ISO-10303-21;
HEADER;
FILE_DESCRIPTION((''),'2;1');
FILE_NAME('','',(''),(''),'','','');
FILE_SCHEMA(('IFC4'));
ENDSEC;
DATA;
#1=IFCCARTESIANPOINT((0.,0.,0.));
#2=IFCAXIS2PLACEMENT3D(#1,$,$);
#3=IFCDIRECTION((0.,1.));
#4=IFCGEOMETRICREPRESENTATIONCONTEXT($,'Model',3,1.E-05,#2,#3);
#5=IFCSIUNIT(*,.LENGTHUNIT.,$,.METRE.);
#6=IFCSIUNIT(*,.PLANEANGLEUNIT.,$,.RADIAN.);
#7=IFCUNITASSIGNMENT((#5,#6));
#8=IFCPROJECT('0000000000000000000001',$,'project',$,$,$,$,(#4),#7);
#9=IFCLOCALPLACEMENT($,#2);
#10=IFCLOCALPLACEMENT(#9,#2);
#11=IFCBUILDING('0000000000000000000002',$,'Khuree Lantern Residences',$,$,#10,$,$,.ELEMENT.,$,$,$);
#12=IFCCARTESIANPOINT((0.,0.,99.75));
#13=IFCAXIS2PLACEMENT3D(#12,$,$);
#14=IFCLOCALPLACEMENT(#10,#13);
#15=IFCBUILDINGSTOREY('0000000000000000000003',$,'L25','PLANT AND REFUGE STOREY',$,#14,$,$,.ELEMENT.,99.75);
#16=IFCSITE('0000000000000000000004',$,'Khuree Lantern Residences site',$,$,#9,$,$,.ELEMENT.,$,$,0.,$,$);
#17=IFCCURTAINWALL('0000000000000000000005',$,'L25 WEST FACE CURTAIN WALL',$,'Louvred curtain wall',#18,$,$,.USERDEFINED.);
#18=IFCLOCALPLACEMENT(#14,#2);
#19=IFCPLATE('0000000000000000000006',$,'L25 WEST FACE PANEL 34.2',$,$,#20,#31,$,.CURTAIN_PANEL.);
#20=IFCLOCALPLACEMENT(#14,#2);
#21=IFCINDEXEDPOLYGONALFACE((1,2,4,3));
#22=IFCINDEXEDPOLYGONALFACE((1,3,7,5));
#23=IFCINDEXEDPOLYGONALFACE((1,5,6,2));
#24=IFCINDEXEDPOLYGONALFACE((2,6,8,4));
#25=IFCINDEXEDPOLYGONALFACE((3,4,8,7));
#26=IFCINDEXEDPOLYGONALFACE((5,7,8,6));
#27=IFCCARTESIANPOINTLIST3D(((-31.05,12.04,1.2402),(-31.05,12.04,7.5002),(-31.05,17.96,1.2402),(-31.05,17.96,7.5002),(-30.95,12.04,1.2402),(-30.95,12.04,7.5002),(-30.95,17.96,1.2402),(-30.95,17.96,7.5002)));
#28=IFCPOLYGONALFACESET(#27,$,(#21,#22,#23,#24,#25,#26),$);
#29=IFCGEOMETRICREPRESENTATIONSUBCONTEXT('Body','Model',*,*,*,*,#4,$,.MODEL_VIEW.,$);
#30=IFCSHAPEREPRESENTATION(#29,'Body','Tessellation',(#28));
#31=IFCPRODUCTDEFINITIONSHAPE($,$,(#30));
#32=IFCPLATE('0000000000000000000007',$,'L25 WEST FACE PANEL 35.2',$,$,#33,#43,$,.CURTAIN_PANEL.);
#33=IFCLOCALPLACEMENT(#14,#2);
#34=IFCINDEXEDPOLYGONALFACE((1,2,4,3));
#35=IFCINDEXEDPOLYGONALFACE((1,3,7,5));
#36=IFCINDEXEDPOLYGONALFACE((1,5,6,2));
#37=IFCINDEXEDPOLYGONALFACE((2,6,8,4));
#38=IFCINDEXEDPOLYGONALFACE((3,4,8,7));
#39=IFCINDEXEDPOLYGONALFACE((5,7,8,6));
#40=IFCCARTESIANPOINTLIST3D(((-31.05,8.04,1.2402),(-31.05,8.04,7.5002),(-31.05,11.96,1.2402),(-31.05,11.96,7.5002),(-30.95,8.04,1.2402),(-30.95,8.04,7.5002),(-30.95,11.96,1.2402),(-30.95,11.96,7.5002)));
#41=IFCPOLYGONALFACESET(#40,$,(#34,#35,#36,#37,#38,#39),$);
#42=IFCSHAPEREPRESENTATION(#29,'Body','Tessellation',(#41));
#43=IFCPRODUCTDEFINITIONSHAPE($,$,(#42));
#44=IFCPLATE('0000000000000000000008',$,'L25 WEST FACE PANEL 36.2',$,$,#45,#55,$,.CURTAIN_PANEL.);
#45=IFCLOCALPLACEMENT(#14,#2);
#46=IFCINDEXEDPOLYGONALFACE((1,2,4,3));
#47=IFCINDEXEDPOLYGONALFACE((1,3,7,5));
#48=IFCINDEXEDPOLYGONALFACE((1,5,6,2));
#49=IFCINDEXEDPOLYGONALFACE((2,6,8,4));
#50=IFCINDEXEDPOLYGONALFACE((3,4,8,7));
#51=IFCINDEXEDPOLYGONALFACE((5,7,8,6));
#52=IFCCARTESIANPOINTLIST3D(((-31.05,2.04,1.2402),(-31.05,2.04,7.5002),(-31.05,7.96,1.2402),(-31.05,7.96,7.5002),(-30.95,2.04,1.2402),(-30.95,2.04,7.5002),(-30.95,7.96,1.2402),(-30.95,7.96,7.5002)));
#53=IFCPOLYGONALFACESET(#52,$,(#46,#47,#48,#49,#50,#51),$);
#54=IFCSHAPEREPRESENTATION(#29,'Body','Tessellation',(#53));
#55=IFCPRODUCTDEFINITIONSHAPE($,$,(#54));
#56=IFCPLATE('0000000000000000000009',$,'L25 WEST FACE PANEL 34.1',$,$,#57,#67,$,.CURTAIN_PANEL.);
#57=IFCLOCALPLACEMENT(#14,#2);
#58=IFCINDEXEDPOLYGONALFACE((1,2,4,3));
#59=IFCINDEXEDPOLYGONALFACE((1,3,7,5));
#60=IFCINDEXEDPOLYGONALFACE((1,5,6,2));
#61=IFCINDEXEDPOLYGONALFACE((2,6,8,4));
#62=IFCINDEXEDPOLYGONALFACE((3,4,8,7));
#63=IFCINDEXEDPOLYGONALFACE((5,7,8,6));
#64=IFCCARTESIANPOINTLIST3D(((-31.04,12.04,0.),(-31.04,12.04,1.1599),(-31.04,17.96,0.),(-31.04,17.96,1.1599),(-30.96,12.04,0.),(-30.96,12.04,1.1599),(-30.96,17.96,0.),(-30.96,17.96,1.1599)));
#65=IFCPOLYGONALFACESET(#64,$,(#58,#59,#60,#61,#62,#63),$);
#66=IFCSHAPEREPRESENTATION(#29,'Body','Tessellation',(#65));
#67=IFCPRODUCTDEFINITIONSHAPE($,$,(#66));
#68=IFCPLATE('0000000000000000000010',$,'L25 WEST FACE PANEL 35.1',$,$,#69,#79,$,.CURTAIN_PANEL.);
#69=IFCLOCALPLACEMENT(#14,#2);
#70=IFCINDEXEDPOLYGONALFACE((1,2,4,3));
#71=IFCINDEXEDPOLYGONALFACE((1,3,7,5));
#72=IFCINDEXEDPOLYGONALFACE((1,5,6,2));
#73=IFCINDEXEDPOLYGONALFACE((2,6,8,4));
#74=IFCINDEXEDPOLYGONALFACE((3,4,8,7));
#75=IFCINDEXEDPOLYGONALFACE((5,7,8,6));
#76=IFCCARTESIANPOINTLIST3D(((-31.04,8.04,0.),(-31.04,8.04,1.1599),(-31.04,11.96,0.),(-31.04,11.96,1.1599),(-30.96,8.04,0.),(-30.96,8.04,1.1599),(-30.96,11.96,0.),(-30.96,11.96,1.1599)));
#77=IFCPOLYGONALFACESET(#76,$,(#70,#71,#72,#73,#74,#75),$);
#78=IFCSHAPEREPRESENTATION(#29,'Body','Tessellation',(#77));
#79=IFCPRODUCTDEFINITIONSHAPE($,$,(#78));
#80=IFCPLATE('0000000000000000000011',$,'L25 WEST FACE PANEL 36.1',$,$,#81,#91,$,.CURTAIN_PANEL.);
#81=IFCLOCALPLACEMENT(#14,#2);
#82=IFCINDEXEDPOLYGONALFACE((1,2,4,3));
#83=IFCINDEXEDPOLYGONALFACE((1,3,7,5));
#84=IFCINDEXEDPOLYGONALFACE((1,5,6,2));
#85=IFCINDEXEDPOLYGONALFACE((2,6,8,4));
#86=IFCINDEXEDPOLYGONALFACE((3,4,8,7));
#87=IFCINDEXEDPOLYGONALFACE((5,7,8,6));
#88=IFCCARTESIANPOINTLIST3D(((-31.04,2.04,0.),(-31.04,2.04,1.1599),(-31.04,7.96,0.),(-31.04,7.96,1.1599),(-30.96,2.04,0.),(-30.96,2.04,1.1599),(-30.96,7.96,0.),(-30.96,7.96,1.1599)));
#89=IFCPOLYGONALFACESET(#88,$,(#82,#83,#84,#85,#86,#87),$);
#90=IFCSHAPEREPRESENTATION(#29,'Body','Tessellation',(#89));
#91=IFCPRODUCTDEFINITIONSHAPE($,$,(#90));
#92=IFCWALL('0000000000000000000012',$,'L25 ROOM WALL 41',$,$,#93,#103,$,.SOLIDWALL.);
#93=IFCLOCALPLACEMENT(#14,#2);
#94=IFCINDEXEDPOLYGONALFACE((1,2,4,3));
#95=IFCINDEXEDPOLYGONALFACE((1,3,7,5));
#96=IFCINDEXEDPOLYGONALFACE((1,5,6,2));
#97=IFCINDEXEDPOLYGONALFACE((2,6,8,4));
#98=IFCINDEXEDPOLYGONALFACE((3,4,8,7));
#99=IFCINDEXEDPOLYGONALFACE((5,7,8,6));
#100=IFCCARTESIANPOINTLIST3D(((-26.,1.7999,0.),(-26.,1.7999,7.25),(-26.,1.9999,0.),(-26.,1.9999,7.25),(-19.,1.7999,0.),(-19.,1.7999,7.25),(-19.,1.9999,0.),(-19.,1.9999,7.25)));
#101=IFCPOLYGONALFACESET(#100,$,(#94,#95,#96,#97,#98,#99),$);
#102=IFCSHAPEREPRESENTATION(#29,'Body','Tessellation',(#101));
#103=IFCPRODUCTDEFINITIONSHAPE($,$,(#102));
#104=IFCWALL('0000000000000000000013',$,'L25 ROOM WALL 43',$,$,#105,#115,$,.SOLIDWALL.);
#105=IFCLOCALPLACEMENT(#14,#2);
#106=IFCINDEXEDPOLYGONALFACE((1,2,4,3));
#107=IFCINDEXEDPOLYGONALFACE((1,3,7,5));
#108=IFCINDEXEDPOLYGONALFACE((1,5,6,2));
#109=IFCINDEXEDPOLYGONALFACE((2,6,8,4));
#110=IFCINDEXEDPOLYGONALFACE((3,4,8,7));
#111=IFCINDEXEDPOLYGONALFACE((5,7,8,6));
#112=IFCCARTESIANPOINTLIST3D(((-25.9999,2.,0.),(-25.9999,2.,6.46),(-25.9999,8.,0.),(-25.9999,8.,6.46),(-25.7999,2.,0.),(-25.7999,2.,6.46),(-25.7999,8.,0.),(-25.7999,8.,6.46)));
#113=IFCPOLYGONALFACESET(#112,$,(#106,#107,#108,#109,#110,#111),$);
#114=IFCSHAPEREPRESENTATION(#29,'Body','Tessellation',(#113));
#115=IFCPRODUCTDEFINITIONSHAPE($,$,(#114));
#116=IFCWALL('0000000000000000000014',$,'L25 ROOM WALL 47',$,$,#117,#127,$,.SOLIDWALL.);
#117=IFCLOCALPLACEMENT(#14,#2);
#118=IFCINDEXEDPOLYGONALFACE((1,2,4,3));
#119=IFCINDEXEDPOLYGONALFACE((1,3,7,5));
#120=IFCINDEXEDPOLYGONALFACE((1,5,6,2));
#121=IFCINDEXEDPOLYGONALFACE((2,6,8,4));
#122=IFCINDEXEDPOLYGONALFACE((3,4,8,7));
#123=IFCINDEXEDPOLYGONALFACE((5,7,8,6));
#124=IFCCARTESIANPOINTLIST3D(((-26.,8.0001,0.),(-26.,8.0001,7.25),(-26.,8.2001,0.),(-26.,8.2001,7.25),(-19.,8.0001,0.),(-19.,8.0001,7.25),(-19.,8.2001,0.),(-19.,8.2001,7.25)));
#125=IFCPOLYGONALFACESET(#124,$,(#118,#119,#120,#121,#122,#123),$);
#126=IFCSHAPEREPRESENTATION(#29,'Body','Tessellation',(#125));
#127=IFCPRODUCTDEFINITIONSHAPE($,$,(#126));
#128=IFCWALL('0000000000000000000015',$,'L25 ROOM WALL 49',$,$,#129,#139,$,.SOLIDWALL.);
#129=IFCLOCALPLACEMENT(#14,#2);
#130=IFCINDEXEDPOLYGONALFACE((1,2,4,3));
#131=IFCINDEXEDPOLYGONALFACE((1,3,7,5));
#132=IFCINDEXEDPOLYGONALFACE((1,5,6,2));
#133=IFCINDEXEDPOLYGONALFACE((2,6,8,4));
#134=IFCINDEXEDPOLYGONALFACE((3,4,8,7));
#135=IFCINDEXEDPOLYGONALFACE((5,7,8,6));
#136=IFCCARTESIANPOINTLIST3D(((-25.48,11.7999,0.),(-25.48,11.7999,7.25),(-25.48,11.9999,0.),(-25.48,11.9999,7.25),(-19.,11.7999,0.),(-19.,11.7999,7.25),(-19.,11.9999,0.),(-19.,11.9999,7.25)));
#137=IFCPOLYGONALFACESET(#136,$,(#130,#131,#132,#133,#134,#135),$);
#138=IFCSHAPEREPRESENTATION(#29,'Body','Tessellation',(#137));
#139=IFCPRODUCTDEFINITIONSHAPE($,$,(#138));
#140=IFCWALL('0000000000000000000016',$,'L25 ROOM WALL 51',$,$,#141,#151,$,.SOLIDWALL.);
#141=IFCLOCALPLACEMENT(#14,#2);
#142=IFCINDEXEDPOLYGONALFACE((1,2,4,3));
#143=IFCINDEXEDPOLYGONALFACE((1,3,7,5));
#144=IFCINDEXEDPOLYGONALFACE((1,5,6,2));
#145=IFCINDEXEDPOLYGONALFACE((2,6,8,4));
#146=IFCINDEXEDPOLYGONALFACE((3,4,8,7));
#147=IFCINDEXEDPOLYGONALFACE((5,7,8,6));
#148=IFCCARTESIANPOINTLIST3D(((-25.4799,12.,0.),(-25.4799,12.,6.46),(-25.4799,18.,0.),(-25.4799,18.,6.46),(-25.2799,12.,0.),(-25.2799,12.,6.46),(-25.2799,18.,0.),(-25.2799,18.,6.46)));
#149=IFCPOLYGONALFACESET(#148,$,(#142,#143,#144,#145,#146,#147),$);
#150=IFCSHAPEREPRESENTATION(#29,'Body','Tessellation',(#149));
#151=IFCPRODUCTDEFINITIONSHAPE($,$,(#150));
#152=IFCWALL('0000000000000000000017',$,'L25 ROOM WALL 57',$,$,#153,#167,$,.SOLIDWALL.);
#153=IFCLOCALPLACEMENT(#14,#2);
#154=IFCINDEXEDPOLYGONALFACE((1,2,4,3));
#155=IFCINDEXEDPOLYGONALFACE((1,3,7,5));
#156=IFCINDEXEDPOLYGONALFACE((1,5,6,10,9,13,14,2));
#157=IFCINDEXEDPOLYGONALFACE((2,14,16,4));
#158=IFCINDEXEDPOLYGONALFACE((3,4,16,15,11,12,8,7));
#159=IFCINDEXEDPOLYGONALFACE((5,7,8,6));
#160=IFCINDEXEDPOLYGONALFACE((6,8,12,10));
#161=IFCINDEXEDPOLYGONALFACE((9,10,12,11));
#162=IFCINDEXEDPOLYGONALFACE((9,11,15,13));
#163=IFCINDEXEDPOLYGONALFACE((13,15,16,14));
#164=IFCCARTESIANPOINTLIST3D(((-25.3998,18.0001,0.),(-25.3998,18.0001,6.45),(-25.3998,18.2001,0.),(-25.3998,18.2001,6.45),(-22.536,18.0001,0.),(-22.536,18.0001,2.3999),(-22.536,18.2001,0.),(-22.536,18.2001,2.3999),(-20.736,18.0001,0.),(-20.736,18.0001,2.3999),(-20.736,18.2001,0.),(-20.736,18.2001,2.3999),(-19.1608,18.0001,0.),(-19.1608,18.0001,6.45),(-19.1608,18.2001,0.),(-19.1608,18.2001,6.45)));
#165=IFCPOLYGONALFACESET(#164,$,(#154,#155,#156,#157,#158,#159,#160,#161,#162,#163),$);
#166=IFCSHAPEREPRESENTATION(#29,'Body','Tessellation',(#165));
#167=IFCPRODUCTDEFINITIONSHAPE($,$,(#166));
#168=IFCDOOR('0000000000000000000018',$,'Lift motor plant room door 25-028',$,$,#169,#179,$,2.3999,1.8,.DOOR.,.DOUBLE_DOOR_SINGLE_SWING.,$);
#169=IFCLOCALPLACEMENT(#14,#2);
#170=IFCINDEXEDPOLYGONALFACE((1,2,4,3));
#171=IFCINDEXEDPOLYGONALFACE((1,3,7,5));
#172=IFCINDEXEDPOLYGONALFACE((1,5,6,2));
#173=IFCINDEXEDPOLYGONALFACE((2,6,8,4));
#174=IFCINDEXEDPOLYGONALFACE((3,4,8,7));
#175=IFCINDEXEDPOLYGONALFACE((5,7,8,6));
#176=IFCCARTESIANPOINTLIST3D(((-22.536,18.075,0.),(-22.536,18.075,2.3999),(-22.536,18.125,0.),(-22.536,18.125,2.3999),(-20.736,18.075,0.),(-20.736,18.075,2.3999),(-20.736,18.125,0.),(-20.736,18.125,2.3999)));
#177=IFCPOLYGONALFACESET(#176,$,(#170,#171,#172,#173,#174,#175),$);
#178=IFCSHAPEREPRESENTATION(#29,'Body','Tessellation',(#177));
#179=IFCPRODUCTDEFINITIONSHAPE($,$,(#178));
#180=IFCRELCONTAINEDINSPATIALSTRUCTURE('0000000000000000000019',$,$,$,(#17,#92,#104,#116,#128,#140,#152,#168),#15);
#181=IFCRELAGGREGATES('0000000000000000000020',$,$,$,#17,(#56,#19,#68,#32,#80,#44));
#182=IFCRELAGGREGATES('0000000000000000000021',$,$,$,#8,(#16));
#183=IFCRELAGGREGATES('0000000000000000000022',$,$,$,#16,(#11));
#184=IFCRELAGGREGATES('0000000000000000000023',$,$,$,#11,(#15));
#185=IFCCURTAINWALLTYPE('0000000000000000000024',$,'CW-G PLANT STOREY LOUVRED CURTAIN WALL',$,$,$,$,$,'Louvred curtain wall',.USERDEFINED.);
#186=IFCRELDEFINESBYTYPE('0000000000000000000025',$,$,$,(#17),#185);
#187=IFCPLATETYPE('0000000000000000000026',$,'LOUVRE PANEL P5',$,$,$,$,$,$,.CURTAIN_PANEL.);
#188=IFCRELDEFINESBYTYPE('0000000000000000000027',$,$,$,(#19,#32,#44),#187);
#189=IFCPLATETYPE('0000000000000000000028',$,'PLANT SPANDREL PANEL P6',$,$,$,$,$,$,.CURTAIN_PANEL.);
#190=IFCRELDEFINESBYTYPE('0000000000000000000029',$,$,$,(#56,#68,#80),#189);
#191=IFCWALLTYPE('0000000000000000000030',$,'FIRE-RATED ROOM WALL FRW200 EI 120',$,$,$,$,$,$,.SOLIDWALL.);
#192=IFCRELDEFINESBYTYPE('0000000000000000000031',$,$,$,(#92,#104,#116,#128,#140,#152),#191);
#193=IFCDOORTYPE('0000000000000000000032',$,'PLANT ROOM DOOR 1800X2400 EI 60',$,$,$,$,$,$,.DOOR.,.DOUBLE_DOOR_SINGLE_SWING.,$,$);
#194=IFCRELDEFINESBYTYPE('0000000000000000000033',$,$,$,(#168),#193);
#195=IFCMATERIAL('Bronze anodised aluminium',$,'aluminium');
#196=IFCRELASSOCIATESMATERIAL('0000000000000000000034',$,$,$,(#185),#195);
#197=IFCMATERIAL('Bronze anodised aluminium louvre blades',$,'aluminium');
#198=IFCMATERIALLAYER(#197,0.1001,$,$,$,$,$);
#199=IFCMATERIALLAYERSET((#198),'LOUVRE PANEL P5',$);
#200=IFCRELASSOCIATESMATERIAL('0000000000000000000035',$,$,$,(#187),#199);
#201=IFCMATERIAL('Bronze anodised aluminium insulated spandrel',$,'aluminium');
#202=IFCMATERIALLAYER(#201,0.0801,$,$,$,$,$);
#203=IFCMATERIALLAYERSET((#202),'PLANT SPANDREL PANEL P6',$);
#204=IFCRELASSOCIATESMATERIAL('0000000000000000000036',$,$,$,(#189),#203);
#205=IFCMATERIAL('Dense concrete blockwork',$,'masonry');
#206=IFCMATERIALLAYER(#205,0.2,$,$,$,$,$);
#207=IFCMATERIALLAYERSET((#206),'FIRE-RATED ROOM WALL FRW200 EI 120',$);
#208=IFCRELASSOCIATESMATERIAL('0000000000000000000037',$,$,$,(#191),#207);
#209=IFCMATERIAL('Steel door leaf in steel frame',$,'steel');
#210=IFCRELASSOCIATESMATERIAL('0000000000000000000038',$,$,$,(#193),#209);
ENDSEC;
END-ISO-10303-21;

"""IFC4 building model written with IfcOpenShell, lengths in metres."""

from ifc_helpers import new_model, si_unit, direction, frame, frame_2d, origin, origin_2d, place, context, subcontext, project, spatial, rectangle, extrude, material, layer, layer_set, type_object, element, fill, aggregate, save


model = new_model("IFC4")

# Units and contexts
model_context = context("Model", 3, precision=1e-05, world=origin(), true_north=direction((0.0, 1.0)))
body_context = subcontext(model_context, "Body", "Model", "MODEL_VIEW")
ifc_project = project(units=[si_unit("LENGTHUNIT", "METRE"), si_unit("PLANEANGLEUNIT", "RADIAN")], contexts=[model_context])

# Site, building, storey
site_placement = place(None, origin())
site = spatial("IfcSite", under=ifc_project, at=site_placement, Name="Khuree Lantern Residences site", CompositionType="ELEMENT", RefElevation=0.0)
building_placement = place(site_placement, origin())
building = spatial("IfcBuilding", under=site, at=building_placement, Name="Khuree Lantern Residences", CompositionType="ELEMENT")
storey_placement = place(building_placement, frame((0.0, 0.0, 99.75)))
storey = spatial("IfcBuildingStorey", under=building, at=storey_placement, Name="L25", Description="PLANT AND REFUGE STOREY", CompositionType="ELEMENT", Elevation=99.75)

# Curtain wall
ifc_material_1 = material(Name="Bronze anodised aluminium", Category="aluminium")
curtain_wall_type = type_object("IfcCurtainWallType", Name="CW-G PLANT STOREY LOUVRED CURTAIN WALL", ElementType="Louvred curtain wall", PredefinedType="USERDEFINED", material=ifc_material_1)
curtain_wall_placement = place(storey_placement, origin())
curtain_wall = element("IfcCurtainWall", 1, at=curtain_wall_placement, inside=storey, type_object=curtain_wall_type, Name="L25 WEST FACE CURTAIN WALL", ObjectType="Louvred curtain wall", PredefinedType="USERDEFINED")

# Plates
ifc_material_2 = material(Name="Bronze anodised aluminium louvre blades", Category="aluminium")
ifc_layer_1 = layer(ifc_material_2, 0.1001)
ifc_layer_set_1 = layer_set([ifc_layer_1], Name="LOUVRE PANEL P5")
plate_type_1 = type_object("IfcPlateType", Name="LOUVRE PANEL P5", PredefinedType="CURTAIN_PANEL", material=ifc_layer_set_1)
plate_1_placement = place(storey_placement, frame((-31.0, 15.0, 1.2402), z_axis=(0.0, 0.0, 1.0), x_axis=(0.0, -1.0, 0.0)))
plate_1 = element("IfcPlate", 2, at=plate_1_placement, type_object=plate_type_1, Name="L25 WEST FACE PANEL 34.2", PredefinedType="CURTAIN_PANEL", context=body_context, shape_type="SweptSolid", body=[
    extrude(rectangle(XDim=5.9199, YDim=0.1001, at=origin_2d()), origin(), (0.0, 0.0, 1.0), 6.26),
])
plate_2_placement = place(storey_placement, frame((-31.0, 10.0, 1.2402), z_axis=(0.0, 0.0, 1.0), x_axis=(0.0, -1.0, 0.0)))
plate_2 = element("IfcPlate", 3, at=plate_2_placement, type_object=plate_type_1, Name="L25 WEST FACE PANEL 35.2", PredefinedType="CURTAIN_PANEL", context=body_context, shape_type="SweptSolid", body=[
    extrude(rectangle(XDim=3.9199, YDim=0.1001, at=origin_2d()), origin(), (0.0, 0.0, 1.0), 6.26),
])
plate_3_placement = place(storey_placement, frame((-31.0, 5.0, 1.2402), z_axis=(0.0, 0.0, 1.0), x_axis=(0.0, -1.0, 0.0)))
plate_3 = element("IfcPlate", 4, at=plate_3_placement, type_object=plate_type_1, Name="L25 WEST FACE PANEL 36.2", PredefinedType="CURTAIN_PANEL", context=body_context, shape_type="SweptSolid", body=[
    extrude(rectangle(XDim=5.9199, YDim=0.1001, at=origin_2d()), origin(), (0.0, 0.0, 1.0), 6.26),
])
ifc_material_3 = material(Name="Bronze anodised aluminium insulated spandrel", Category="aluminium")
ifc_layer_2 = layer(ifc_material_3, 0.0801)
ifc_layer_set_2 = layer_set([ifc_layer_2], Name="PLANT SPANDREL PANEL P6")
plate_type_2 = type_object("IfcPlateType", Name="PLANT SPANDREL PANEL P6", PredefinedType="CURTAIN_PANEL", material=ifc_layer_set_2)
plate_4_placement = place(storey_placement, frame((-31.0, 15.0, 0.0), z_axis=(0.0, 0.0, 1.0), x_axis=(0.0, -1.0, 0.0)))
plate_4 = element("IfcPlate", 5, at=plate_4_placement, type_object=plate_type_2, Name="L25 WEST FACE PANEL 34.1", PredefinedType="CURTAIN_PANEL", context=body_context, shape_type="SweptSolid", body=[
    extrude(rectangle(XDim=5.9199, YDim=0.0801, at=origin_2d()), origin(), (0.0, 0.0, 1.0), 1.1599),
])
plate_5_placement = place(storey_placement, frame((-31.0, 10.0, 0.0), z_axis=(0.0, 0.0, 1.0), x_axis=(0.0, -1.0, 0.0)))
plate_5 = element("IfcPlate", 6, at=plate_5_placement, type_object=plate_type_2, Name="L25 WEST FACE PANEL 35.1", PredefinedType="CURTAIN_PANEL", context=body_context, shape_type="SweptSolid", body=[
    extrude(rectangle(XDim=3.9199, YDim=0.0801, at=origin_2d()), origin(), (0.0, 0.0, 1.0), 1.1599),
])
plate_6_placement = place(storey_placement, frame((-31.0, 5.0, 0.0), z_axis=(0.0, 0.0, 1.0), x_axis=(0.0, -1.0, 0.0)))
plate_6 = element("IfcPlate", 7, at=plate_6_placement, type_object=plate_type_2, Name="L25 WEST FACE PANEL 36.1", PredefinedType="CURTAIN_PANEL", context=body_context, shape_type="SweptSolid", body=[
    extrude(rectangle(XDim=5.9199, YDim=0.0801, at=origin_2d()), origin(), (0.0, 0.0, 1.0), 1.1599),
])
aggregate(curtain_wall, [plate_4, plate_1, plate_5, plate_2, plate_6, plate_3])

# Walls
ifc_material_4 = material(Name="Dense concrete blockwork", Category="masonry")
ifc_layer_3 = layer(ifc_material_4, 0.2)
ifc_layer_set_3 = layer_set([ifc_layer_3], Name="FIRE-RATED ROOM WALL FRW200 EI 120")
wall_type = type_object("IfcWallType", Name="FIRE-RATED ROOM WALL FRW200 EI 120", PredefinedType="SOLIDWALL", material=ifc_layer_set_3)
wall_1_placement = place(storey_placement, frame((-26.0, 1.8999, 0.0), z_axis=(0.0, 0.0, 1.0), x_axis=(1.0, 0.0, 0.0)))
element("IfcWall", 8, at=wall_1_placement, inside=storey, type_object=wall_type, Name="L25 ROOM WALL 41", PredefinedType="SOLIDWALL", context=body_context, shape_type="SweptSolid", body=[
    extrude(rectangle(XDim=7.0, YDim=0.2, at=frame_2d((3.5, 0.0))), origin(), (0.0, 0.0, 1.0), 7.25),
])
wall_2_placement = place(storey_placement, frame((-25.8999, 2.0, 0.0), z_axis=(0.0, 0.0, 1.0), x_axis=(0.0, 1.0, 0.0)))
element("IfcWall", 9, at=wall_2_placement, inside=storey, type_object=wall_type, Name="L25 ROOM WALL 43", PredefinedType="SOLIDWALL", context=body_context, shape_type="SweptSolid", body=[
    extrude(rectangle(XDim=6.0, YDim=0.2, at=frame_2d((3.0, 0.0))), origin(), (0.0, 0.0, 1.0), 6.46),
])
wall_3_placement = place(storey_placement, frame((-26.0, 8.1001, 0.0), z_axis=(0.0, 0.0, 1.0), x_axis=(1.0, 0.0, 0.0)))
element("IfcWall", 10, at=wall_3_placement, inside=storey, type_object=wall_type, Name="L25 ROOM WALL 47", PredefinedType="SOLIDWALL", context=body_context, shape_type="SweptSolid", body=[
    extrude(rectangle(XDim=7.0, YDim=0.2, at=frame_2d((3.5, 0.0))), origin(), (0.0, 0.0, 1.0), 7.25),
])
wall_4_placement = place(storey_placement, frame((-25.48, 11.8999, 0.0), z_axis=(0.0, 0.0, 1.0), x_axis=(1.0, 0.0, 0.0)))
element("IfcWall", 11, at=wall_4_placement, inside=storey, type_object=wall_type, Name="L25 ROOM WALL 49", PredefinedType="SOLIDWALL", context=body_context, shape_type="SweptSolid", body=[
    extrude(rectangle(XDim=6.48, YDim=0.2, at=frame_2d((3.24, 0.0))), origin(), (0.0, 0.0, 1.0), 7.25),
])
wall_5_placement = place(storey_placement, frame((-25.3799, 12.0, 0.0), z_axis=(0.0, 0.0, 1.0), x_axis=(0.0, 1.0, 0.0)))
element("IfcWall", 12, at=wall_5_placement, inside=storey, type_object=wall_type, Name="L25 ROOM WALL 51", PredefinedType="SOLIDWALL", context=body_context, shape_type="SweptSolid", body=[
    extrude(rectangle(XDim=6.0, YDim=0.2, at=frame_2d((3.0, 0.0))), origin(), (0.0, 0.0, 1.0), 6.46),
])

# Wall, opening, door
wall_6_placement = place(storey_placement, frame((-25.3999, 18.1001, 0.0), z_axis=(0.0, 0.0, 1.0), x_axis=(1.0, 0.0, 0.0)))
wall_6 = element("IfcWall", 13, at=wall_6_placement, inside=storey, type_object=wall_type, Name="L25 ROOM WALL 57", PredefinedType="SOLIDWALL", context=body_context, shape_type="SweptSolid", body=[
    extrude(rectangle(XDim=6.239, YDim=0.2, at=frame_2d((3.1196, 0.0))), origin(), (0.0, 0.0, 1.0), 6.45),
])
opening_placement = place(wall_6_placement, frame((2.864, 0.0, 0.0)))
opening = element("IfcOpeningElement", 14, at=opening_placement, cuts=wall_6, PredefinedType="OPENING", context=body_context, shape_type="SweptSolid", body=[
    extrude(rectangle(XDim=1.8, YDim=2.3999, at=frame_2d((0.8999, 1.2))), frame((0.0, 0.1099, 0.0), z_axis=(0.0, -1.0, 0.0), x_axis=(1.0, 0.0, 0.0)), (0.0, 0.0, 1.0), 0.22),
])
ifc_material_5 = material(Name="Steel door leaf in steel frame", Category="steel")
door_type = type_object("IfcDoorType", Name="PLANT ROOM DOOR 1800X2400 EI 60", OperationType="DOUBLE_DOOR_SINGLE_SWING", PredefinedType="DOOR", material=ifc_material_5)
door_placement = place(opening_placement, origin())
door = element("IfcDoor", 15, at=door_placement, inside=storey, type_object=door_type, Name="Lift motor plant room door 25-028", OperationType="DOUBLE_DOOR_SINGLE_SWING", OverallHeight=2.3999, OverallWidth=1.8, PredefinedType="DOOR", context=body_context, shape_type="SweptSolid", body=[
    extrude(rectangle(XDim=1.8, YDim=2.3999, at=frame_2d((0.8999, 1.2))), frame((0.0, 0.0249, 0.0), z_axis=(0.0, -1.0, 0.0), x_axis=(1.0, 0.0, 0.0)), (0.0, 0.0, 1.0), 0.05),
])
fill(opening, door)

save(model, "model.ifc")
